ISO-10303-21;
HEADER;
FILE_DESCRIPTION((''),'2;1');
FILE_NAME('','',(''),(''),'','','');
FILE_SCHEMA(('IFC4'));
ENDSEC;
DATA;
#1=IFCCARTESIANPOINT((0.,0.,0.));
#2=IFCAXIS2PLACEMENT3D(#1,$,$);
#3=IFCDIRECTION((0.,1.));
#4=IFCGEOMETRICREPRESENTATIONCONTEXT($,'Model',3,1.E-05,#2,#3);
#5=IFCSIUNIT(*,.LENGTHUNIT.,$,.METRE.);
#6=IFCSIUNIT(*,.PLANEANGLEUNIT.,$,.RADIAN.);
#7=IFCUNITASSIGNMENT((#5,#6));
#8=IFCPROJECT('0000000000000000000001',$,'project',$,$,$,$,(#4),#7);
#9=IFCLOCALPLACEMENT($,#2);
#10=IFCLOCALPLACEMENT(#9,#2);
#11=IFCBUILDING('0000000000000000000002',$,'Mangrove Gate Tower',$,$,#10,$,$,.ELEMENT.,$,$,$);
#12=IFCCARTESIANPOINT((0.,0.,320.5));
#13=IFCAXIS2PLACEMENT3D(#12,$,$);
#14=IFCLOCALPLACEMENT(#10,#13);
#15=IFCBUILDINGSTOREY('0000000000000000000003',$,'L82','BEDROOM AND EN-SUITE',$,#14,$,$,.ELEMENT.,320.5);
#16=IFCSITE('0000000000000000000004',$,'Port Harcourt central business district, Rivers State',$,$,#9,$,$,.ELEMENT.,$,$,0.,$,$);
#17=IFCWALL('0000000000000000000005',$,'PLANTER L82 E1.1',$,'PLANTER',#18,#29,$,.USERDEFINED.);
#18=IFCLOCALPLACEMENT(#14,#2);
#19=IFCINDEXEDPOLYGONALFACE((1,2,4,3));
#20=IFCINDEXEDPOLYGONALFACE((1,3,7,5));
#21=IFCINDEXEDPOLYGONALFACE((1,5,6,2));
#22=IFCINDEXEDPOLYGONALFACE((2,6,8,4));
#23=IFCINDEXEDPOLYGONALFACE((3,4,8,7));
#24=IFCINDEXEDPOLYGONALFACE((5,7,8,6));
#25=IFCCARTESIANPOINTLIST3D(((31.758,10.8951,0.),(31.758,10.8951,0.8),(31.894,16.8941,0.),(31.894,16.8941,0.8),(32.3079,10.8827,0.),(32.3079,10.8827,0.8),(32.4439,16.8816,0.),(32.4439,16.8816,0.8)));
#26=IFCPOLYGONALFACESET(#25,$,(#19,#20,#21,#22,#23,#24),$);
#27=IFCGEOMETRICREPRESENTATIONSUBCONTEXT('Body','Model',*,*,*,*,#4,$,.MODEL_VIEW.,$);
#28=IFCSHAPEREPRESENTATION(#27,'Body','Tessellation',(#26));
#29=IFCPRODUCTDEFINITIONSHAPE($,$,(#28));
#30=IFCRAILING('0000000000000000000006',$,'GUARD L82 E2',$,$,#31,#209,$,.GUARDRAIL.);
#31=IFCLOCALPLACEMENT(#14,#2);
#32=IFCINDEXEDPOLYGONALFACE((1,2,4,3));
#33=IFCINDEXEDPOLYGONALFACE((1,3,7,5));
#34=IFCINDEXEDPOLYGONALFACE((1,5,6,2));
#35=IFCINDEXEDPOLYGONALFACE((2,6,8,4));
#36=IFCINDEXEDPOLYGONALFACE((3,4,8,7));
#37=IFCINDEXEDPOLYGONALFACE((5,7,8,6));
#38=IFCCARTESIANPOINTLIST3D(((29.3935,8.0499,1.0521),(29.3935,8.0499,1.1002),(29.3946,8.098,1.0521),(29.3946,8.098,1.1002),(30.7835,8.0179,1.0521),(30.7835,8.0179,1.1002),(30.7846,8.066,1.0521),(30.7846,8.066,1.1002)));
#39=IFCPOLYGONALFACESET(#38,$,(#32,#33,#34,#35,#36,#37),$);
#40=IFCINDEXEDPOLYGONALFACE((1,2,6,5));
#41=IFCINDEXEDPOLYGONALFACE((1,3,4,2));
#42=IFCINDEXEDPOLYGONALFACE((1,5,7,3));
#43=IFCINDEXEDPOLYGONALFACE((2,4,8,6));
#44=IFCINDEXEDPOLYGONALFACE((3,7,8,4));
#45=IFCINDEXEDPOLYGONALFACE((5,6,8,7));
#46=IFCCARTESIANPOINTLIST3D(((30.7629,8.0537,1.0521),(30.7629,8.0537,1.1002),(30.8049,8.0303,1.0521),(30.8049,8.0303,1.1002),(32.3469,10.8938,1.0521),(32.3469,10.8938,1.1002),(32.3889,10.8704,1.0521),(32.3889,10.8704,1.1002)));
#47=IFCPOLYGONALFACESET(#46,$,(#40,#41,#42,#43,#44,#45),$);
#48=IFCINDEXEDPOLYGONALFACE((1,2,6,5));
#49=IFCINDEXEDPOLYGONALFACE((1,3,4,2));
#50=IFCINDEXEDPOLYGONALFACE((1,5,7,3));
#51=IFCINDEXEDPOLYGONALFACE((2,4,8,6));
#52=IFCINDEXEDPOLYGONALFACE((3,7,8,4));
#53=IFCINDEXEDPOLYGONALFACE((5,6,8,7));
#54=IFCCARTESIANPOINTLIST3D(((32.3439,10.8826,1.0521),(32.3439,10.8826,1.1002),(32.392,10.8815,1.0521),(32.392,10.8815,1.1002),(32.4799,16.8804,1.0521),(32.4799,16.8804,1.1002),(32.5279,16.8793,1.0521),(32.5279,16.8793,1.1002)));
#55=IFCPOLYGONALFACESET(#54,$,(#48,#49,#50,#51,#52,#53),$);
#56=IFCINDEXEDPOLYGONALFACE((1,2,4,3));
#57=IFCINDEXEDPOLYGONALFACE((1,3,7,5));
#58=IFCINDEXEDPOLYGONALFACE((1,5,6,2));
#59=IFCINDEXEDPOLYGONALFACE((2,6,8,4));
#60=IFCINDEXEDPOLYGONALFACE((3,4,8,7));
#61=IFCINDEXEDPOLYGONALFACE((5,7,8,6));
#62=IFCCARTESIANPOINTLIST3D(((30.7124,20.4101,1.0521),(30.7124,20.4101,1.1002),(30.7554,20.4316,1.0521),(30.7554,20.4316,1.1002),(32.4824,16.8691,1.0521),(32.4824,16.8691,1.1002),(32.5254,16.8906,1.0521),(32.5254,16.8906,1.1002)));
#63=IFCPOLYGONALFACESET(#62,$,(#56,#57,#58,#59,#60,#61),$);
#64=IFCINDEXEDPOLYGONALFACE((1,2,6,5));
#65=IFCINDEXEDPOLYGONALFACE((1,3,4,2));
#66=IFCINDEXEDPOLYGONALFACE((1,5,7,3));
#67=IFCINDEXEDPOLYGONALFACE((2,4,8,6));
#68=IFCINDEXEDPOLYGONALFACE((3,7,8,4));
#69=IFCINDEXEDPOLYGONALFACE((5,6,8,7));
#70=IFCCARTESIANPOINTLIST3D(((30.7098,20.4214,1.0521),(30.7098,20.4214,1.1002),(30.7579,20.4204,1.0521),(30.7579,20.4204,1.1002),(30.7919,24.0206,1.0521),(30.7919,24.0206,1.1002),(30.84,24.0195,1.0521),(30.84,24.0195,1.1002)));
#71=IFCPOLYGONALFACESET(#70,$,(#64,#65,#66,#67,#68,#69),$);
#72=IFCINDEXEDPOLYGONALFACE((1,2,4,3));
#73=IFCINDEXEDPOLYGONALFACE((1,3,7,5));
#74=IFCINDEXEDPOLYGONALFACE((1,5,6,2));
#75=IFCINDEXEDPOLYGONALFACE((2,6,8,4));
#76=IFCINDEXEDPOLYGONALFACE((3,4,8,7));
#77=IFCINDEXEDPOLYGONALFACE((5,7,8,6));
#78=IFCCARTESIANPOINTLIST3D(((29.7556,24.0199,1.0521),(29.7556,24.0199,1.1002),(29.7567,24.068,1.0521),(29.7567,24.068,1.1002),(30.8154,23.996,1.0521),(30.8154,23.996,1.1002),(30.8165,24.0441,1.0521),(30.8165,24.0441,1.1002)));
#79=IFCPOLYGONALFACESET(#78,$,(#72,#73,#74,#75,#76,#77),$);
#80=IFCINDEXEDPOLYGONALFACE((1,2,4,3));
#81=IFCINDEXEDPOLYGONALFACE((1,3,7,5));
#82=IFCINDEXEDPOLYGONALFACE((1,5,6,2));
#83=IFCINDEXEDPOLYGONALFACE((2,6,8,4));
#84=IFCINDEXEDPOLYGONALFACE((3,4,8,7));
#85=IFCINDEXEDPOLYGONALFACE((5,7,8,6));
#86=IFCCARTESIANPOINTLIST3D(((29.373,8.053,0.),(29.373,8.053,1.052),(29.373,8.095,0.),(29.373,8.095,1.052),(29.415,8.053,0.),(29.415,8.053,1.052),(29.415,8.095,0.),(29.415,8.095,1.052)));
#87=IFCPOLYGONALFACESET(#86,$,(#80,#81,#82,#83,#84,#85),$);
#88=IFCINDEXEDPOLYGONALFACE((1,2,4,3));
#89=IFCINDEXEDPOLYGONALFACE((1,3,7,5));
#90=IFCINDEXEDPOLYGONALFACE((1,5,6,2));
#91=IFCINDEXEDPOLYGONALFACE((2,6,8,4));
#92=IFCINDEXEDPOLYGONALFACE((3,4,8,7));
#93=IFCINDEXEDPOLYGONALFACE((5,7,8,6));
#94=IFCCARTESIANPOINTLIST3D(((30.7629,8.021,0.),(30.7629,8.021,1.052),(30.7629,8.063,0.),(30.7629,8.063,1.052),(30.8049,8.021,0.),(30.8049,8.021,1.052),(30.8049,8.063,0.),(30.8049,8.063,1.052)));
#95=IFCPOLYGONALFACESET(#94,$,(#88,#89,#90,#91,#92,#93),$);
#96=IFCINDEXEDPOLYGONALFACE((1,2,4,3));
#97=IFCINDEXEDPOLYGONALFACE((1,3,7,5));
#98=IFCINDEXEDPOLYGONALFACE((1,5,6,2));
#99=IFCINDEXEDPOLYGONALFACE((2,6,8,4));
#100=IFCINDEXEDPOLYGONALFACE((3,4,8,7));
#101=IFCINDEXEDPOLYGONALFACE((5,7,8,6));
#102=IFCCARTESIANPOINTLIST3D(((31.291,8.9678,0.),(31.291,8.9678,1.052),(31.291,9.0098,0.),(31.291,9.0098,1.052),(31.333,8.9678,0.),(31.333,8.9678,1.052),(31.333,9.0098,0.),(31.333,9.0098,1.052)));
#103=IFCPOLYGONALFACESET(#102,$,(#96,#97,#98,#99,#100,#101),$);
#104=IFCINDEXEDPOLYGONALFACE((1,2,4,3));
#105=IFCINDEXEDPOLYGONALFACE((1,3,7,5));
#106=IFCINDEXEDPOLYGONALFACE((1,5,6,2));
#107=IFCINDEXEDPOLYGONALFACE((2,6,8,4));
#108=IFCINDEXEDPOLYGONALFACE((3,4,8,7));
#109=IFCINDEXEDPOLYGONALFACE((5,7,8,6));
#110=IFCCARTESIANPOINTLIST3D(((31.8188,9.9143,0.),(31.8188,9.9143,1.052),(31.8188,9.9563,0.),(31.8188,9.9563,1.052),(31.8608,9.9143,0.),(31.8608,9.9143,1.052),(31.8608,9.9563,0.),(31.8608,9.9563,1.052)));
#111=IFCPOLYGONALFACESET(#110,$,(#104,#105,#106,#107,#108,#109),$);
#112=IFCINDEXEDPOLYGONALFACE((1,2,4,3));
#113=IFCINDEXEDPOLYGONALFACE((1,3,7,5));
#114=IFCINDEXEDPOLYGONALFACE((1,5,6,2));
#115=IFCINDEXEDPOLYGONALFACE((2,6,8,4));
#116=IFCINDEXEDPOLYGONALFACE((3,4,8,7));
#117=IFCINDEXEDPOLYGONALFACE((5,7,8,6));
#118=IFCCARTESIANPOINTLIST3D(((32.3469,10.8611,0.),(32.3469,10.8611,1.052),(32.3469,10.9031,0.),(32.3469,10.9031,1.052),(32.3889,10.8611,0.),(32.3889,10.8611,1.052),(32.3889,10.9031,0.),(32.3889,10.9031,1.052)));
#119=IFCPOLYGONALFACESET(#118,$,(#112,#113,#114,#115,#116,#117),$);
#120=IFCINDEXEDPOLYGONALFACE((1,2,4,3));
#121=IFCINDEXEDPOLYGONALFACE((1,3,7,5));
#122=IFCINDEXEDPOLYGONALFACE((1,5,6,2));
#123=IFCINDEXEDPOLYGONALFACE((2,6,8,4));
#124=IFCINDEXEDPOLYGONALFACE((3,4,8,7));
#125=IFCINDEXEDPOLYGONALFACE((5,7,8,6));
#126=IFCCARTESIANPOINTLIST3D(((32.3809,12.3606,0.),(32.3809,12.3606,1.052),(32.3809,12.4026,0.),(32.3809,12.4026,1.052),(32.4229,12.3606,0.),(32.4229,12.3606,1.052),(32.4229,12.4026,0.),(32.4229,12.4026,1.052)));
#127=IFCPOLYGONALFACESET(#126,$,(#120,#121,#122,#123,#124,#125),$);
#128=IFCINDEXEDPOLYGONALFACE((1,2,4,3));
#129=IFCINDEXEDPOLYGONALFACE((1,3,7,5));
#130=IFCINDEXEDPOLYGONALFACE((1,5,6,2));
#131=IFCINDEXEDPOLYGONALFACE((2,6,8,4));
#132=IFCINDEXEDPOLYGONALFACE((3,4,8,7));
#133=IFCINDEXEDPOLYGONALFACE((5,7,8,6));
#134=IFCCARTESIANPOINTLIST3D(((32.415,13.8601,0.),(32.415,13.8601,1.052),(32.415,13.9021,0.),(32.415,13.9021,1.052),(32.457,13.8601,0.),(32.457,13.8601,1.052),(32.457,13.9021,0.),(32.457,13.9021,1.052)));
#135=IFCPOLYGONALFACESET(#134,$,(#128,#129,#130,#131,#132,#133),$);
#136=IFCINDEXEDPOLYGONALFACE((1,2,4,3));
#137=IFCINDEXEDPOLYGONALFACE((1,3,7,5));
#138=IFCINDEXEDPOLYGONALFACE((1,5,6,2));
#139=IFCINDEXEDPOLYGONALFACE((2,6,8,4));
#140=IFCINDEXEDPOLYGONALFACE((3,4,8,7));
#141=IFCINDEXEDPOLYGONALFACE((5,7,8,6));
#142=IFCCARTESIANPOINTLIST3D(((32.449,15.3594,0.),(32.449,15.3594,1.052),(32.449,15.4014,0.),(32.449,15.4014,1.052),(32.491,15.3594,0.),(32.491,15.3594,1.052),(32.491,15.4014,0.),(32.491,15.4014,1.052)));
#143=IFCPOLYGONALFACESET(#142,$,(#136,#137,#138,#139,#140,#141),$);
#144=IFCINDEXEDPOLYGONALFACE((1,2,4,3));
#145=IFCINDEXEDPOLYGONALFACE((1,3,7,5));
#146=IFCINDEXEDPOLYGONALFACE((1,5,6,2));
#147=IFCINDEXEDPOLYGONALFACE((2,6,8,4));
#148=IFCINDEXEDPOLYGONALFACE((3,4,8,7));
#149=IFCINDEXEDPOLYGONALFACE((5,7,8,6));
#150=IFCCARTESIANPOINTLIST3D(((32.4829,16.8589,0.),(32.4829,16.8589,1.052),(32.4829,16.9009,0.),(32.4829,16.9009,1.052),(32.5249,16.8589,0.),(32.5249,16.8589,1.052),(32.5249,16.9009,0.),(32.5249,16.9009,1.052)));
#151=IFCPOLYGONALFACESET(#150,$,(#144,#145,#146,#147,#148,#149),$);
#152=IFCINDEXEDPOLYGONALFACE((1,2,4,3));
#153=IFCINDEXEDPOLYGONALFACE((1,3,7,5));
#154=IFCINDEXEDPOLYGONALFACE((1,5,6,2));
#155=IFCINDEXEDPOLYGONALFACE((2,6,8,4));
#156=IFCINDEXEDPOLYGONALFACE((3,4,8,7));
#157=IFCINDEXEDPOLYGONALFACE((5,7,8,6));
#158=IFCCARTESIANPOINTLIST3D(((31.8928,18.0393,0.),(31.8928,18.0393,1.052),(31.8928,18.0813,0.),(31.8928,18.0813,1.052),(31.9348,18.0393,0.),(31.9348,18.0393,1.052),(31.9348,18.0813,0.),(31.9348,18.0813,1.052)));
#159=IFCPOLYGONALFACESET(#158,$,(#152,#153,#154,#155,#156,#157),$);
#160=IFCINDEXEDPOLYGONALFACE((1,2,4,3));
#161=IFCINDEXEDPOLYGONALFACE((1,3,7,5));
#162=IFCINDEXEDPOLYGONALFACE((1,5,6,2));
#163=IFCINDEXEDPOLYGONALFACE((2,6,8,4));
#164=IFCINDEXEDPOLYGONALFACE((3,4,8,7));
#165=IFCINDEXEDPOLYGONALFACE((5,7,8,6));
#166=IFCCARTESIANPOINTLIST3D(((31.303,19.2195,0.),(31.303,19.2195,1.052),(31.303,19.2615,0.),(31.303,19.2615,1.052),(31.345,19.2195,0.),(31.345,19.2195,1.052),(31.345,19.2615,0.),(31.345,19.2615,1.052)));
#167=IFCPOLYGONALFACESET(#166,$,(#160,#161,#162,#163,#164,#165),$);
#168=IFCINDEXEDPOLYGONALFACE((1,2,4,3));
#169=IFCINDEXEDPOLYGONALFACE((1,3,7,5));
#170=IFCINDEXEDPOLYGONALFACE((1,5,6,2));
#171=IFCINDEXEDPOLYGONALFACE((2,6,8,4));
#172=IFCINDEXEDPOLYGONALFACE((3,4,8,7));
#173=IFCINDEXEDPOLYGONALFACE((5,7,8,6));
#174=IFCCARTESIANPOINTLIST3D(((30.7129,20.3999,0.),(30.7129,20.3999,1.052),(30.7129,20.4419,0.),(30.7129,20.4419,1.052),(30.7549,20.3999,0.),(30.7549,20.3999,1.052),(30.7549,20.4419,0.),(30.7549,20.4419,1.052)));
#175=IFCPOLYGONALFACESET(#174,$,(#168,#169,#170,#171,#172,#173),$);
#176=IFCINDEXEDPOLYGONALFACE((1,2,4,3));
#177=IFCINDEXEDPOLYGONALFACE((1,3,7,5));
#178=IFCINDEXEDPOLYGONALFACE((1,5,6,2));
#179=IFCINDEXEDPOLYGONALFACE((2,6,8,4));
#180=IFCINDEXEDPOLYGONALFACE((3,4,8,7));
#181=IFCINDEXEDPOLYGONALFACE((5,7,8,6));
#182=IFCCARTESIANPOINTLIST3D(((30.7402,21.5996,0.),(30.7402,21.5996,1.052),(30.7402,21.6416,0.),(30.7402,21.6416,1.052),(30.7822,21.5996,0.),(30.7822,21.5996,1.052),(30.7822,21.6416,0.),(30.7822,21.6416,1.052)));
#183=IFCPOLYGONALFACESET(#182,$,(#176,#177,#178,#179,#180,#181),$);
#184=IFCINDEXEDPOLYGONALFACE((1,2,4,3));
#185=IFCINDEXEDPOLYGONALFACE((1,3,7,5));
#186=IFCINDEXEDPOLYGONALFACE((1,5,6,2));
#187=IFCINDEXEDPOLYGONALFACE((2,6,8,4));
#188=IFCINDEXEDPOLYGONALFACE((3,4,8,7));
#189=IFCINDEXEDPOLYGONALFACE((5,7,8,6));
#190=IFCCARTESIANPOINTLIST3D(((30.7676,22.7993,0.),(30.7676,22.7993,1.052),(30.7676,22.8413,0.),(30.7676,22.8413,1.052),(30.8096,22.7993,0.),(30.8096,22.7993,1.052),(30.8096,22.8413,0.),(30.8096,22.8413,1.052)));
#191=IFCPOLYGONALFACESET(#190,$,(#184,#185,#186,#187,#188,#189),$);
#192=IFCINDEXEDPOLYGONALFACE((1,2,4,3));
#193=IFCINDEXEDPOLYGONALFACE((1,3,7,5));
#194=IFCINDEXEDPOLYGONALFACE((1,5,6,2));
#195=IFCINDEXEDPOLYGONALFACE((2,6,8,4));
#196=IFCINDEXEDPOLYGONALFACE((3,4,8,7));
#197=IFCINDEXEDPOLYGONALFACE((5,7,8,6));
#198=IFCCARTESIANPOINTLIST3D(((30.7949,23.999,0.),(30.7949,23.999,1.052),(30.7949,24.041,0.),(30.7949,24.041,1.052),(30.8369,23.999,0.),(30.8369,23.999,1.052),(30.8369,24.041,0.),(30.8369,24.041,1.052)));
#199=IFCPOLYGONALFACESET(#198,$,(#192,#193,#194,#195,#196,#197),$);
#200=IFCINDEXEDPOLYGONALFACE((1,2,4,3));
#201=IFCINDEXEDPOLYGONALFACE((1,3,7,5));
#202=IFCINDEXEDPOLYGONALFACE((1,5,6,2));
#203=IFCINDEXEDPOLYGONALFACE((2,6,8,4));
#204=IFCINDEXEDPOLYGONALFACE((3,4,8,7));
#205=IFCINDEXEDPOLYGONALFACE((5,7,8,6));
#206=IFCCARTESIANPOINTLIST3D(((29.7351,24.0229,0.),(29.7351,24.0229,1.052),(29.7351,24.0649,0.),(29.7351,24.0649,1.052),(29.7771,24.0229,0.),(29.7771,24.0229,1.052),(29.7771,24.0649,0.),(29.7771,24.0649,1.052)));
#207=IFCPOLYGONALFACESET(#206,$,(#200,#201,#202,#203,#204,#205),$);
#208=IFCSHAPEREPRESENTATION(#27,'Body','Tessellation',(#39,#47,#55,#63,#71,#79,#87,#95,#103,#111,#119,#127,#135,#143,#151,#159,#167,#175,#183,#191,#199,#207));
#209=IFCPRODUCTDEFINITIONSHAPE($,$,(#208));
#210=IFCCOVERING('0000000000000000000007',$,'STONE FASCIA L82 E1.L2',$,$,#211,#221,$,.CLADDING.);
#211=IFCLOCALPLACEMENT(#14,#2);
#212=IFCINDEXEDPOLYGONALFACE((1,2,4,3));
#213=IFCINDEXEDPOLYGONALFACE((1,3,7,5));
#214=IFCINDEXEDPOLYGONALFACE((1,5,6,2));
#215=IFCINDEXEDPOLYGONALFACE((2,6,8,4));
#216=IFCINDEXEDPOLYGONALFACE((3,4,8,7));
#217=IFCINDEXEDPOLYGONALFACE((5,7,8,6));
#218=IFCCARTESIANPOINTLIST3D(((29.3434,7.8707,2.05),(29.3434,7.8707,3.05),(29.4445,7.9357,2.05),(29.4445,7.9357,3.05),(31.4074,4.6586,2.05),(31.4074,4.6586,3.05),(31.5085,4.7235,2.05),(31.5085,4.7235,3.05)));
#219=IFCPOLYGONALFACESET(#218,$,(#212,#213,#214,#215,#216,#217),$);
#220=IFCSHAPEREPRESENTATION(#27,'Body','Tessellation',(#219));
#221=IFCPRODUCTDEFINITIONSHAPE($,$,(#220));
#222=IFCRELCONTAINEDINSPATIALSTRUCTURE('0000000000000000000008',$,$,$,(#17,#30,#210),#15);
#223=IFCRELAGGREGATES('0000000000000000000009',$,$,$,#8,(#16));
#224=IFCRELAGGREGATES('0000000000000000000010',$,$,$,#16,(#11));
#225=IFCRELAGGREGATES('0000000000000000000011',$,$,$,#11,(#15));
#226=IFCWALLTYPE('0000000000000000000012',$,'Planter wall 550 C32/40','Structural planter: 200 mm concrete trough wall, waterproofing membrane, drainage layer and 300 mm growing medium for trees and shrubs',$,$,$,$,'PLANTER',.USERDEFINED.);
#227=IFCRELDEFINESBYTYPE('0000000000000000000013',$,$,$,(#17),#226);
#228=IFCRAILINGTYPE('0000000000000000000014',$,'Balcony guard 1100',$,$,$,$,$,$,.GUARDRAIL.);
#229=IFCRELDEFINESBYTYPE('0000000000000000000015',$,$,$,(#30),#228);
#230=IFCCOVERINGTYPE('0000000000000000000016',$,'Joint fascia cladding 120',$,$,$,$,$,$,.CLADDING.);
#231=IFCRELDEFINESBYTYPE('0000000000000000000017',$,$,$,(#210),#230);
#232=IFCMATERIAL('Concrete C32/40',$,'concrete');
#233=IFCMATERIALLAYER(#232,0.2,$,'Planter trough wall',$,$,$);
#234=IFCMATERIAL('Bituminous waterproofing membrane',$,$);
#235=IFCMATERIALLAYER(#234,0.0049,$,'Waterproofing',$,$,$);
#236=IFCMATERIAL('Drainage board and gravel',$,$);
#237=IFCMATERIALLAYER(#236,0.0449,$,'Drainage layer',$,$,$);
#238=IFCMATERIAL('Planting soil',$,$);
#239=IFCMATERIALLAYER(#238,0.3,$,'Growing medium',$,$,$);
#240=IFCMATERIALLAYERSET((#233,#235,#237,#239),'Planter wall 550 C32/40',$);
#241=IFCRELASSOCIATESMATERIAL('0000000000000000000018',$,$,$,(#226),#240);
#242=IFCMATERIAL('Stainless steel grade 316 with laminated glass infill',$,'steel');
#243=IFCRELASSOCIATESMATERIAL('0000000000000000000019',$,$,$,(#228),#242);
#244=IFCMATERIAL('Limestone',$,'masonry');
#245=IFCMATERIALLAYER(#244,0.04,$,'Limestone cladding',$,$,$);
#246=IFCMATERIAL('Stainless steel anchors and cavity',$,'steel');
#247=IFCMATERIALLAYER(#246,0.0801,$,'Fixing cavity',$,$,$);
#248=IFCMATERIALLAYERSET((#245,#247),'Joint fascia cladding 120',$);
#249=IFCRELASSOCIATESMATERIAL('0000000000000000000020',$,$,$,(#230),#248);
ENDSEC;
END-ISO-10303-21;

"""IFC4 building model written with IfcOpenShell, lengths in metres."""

from ifc_helpers import new_model, si_unit, direction, frame, frame_2d, origin, origin_2d, place, context, subcontext, project, spatial, rectangle, extrude, material, layer, layer_set, type_object, element, save


model = new_model("IFC4")

# Units and contexts
model_context = context("Model", 3, precision=1e-05, world=origin(), true_north=direction((0.0, 1.0)))
body_context = subcontext(model_context, "Body", "Model", "MODEL_VIEW")
ifc_project = project(units=[si_unit("LENGTHUNIT", "METRE"), si_unit("PLANEANGLEUNIT", "RADIAN")], contexts=[model_context])

# Site, building, storey
site_placement = place(None, origin())
site = spatial("IfcSite", under=ifc_project, at=site_placement, Name="Port Harcourt central business district, Rivers State", CompositionType="ELEMENT", RefElevation=0.0)
building_placement = place(site_placement, origin())
building = spatial("IfcBuilding", under=site, at=building_placement, Name="Mangrove Gate Tower", CompositionType="ELEMENT")
storey_placement = place(building_placement, frame((0.0, 0.0, 320.5)))
storey = spatial("IfcBuildingStorey", under=building, at=storey_placement, Name="L82", Description="BEDROOM AND EN-SUITE", CompositionType="ELEMENT", Elevation=320.5)

# Shared definitions
ifc_material_1 = material(Name="Limestone", Category="masonry")

# Wall
ifc_material_2 = material(Name="Concrete C32/40", Category="concrete")
ifc_layer_1 = layer(ifc_material_2, 0.2, Name="Planter trough wall")
ifc_material_3 = material(Name="Bituminous waterproofing membrane")
ifc_layer_2 = layer(ifc_material_3, 0.0049, Name="Waterproofing")
ifc_material_4 = material(Name="Drainage board and gravel")
ifc_layer_3 = layer(ifc_material_4, 0.0449, Name="Drainage layer")
ifc_material_5 = material(Name="Planting soil")
ifc_layer_4 = layer(ifc_material_5, 0.3, Name="Growing medium")
ifc_layer_set_1 = layer_set([ifc_layer_1, ifc_layer_2, ifc_layer_3, ifc_layer_4], Name="Planter wall 550 C32/40")
wall_type_1 = type_object("IfcWallType", Name="Planter wall 550 C32/40", Description="Structural planter: 200 mm concrete trough wall, waterproofing membrane, drainage layer and 300 mm growing medium for trees and shrubs", ElementType="PLANTER", PredefinedType="USERDEFINED", material=ifc_layer_set_1)
wall_1_placement = place(storey_placement, frame((32.033, 10.8889, 0.0), z_axis=(0.0, 0.0, 1.0), x_axis=(0.022662, 0.999743, 0.0)))
element("IfcWall", 1, at=wall_1_placement, inside=storey, type_object=wall_type_1, Name="PLANTER L82 E1.1", ObjectType="PLANTER", PredefinedType="USERDEFINED", context=body_context, shape_type="SweptSolid", body=[
    extrude(rectangle(XDim=6.0005, YDim=0.55, at=frame_2d((3.0002, 0.0))), origin(), (0.0, 0.0, 1.0), 0.8),
])

# Railing
ifc_material_6 = material(Name="Stainless steel grade 316 with laminated glass infill", Category="steel")
railing_type = type_object("IfcRailingType", Name="Balcony guard 1100", PredefinedType="GUARDRAIL", material=ifc_material_6)
railing_placement = place(storey_placement, frame((29.394, 8.074, 0.0)))
element("IfcRailing", 2, at=railing_placement, inside=storey, type_object=railing_type, Name="GUARD L82 E2", PredefinedType="GUARDRAIL", context=body_context, shape_type="SweptSolid", body=[
    extrude(rectangle(XDim=0.0481, YDim=0.0481, at=origin_2d()), frame((0.0, 0.0, 1.0762), z_axis=(0.999735, -0.023005, 0.0), x_axis=(0.023005, 0.999735, 0.0)), (0.0, 0.0, 1.0), 1.3904),
    extrude(rectangle(XDim=0.0481, YDim=0.0481, at=origin_2d()), frame((1.3899, -0.032, 1.0762), z_axis=(0.487089, 0.873352, 0.0), x_axis=(-0.873352, 0.487089, 0.0)), (0.0, 0.0, 1.0), 3.252),
    extrude(rectangle(XDim=0.0481, YDim=0.0481, at=origin_2d()), frame((2.9739, 2.8081, 1.0762), z_axis=(0.022667, 0.999743, 0.0), x_axis=(-0.999743, 0.022667, 0.0)), (0.0, 0.0, 1.0), 5.9993),
    extrude(rectangle(XDim=0.0481, YDim=0.0481, at=origin_2d()), frame((3.1099, 8.8059, 1.0762), z_axis=(-0.447115, 0.894477, 0.0), x_axis=(-0.894477, -0.447115, 0.0)), (0.0, 0.0, 1.0), 3.9587),
    extrude(rectangle(XDim=0.0481, YDim=0.0481, at=origin_2d()), frame((1.3398, 12.3469, 1.0762), z_axis=(0.022786, 0.99974, 0.0), x_axis=(-0.99974, 0.022786, 0.0)), (0.0, 0.0, 1.0), 3.6001),
    extrude(rectangle(XDim=0.0481, YDim=0.0481, at=origin_2d()), frame((1.4219, 15.946, 1.0762), z_axis=(-0.999745, 0.02257, 0.0), x_axis=(-0.02257, -0.999745, 0.0)), (0.0, 0.0, 1.0), 1.0601),
    extrude(rectangle(XDim=0.042, YDim=0.042, at=origin_2d()), origin(), (0.0, 0.0, 1.0), 1.052),
    extrude(rectangle(XDim=0.042, YDim=0.042, at=origin_2d()), frame((1.3899, -0.032, 0.0)), (0.0, 0.0, 1.0), 1.052),
    extrude(rectangle(XDim=0.042, YDim=0.042, at=origin_2d()), frame((1.918, 0.9148, 0.0)), (0.0, 0.0, 1.0), 1.052),
    extrude(rectangle(XDim=0.042, YDim=0.042, at=origin_2d()), frame((2.4458, 1.8613, 0.0)), (0.0, 0.0, 1.0), 1.052),
    extrude(rectangle(XDim=0.042, YDim=0.042, at=origin_2d()), frame((2.9739, 2.8081, 0.0)), (0.0, 0.0, 1.0), 1.052),
    extrude(rectangle(XDim=0.042, YDim=0.042, at=origin_2d()), frame((3.0078, 4.3076, 0.0)), (0.0, 0.0, 1.0), 1.052),
    extrude(rectangle(XDim=0.042, YDim=0.042, at=origin_2d()), frame((3.042, 5.8071, 0.0)), (0.0, 0.0, 1.0), 1.052),
    extrude(rectangle(XDim=0.042, YDim=0.042, at=origin_2d()), frame((3.0759, 7.3064, 0.0)), (0.0, 0.0, 1.0), 1.052),
    extrude(rectangle(XDim=0.042, YDim=0.042, at=origin_2d()), frame((3.1099, 8.8059, 0.0)), (0.0, 0.0, 1.0), 1.052),
    extrude(rectangle(XDim=0.042, YDim=0.042, at=origin_2d()), frame((2.5198, 9.9863, 0.0)), (0.0, 0.0, 1.0), 1.052),
    extrude(rectangle(XDim=0.042, YDim=0.042, at=origin_2d()), frame((1.9299, 11.1665, 0.0)), (0.0, 0.0, 1.0), 1.052),
    extrude(rectangle(XDim=0.042, YDim=0.042, at=origin_2d()), frame((1.3398, 12.3469, 0.0)), (0.0, 0.0, 1.0), 1.052),
    extrude(rectangle(XDim=0.042, YDim=0.042, at=origin_2d()), frame((1.3672, 13.5466, 0.0)), (0.0, 0.0, 1.0), 1.052),
    extrude(rectangle(XDim=0.042, YDim=0.042, at=origin_2d()), frame((1.3945, 14.7463, 0.0)), (0.0, 0.0, 1.0), 1.052),
    extrude(rectangle(XDim=0.042, YDim=0.042, at=origin_2d()), frame((1.4219, 15.946, 0.0)), (0.0, 0.0, 1.0), 1.052),
    extrude(rectangle(XDim=0.042, YDim=0.042, at=origin_2d()), frame((0.3621, 15.97, 0.0)), (0.0, 0.0, 1.0), 1.052),
])

# Covering
ifc_layer_5 = layer(ifc_material_1, 0.04, Name="Limestone cladding")
ifc_material_7 = material(Name="Stainless steel anchors and cavity", Category="steel")
ifc_layer_6 = layer(ifc_material_7, 0.0801, Name="Fixing cavity")
ifc_layer_set_2 = layer_set([ifc_layer_5, ifc_layer_6], Name="Joint fascia cladding 120")
covering_type = type_object("IfcCoveringType", Name="Joint fascia cladding 120", PredefinedType="CLADDING", material=ifc_layer_set_2)
covering_placement = place(storey_placement, frame((31.458, 4.6909, 2.05), z_axis=(0.0, 0.0, 1.0), x_axis=(-0.540573, 0.841297, 0.0)))
element("IfcCovering", 3, at=covering_placement, inside=storey, type_object=covering_type, Name="STONE FASCIA L82 E1.L2", PredefinedType="CLADDING", context=body_context, shape_type="SweptSolid", body=[
    extrude(rectangle(XDim=3.8181, YDim=0.1201, at=frame_2d((1.9092, 0.0))), origin(), (0.0, 0.0, 1.0), 1.0),
])

save(model, "model.ifc")
